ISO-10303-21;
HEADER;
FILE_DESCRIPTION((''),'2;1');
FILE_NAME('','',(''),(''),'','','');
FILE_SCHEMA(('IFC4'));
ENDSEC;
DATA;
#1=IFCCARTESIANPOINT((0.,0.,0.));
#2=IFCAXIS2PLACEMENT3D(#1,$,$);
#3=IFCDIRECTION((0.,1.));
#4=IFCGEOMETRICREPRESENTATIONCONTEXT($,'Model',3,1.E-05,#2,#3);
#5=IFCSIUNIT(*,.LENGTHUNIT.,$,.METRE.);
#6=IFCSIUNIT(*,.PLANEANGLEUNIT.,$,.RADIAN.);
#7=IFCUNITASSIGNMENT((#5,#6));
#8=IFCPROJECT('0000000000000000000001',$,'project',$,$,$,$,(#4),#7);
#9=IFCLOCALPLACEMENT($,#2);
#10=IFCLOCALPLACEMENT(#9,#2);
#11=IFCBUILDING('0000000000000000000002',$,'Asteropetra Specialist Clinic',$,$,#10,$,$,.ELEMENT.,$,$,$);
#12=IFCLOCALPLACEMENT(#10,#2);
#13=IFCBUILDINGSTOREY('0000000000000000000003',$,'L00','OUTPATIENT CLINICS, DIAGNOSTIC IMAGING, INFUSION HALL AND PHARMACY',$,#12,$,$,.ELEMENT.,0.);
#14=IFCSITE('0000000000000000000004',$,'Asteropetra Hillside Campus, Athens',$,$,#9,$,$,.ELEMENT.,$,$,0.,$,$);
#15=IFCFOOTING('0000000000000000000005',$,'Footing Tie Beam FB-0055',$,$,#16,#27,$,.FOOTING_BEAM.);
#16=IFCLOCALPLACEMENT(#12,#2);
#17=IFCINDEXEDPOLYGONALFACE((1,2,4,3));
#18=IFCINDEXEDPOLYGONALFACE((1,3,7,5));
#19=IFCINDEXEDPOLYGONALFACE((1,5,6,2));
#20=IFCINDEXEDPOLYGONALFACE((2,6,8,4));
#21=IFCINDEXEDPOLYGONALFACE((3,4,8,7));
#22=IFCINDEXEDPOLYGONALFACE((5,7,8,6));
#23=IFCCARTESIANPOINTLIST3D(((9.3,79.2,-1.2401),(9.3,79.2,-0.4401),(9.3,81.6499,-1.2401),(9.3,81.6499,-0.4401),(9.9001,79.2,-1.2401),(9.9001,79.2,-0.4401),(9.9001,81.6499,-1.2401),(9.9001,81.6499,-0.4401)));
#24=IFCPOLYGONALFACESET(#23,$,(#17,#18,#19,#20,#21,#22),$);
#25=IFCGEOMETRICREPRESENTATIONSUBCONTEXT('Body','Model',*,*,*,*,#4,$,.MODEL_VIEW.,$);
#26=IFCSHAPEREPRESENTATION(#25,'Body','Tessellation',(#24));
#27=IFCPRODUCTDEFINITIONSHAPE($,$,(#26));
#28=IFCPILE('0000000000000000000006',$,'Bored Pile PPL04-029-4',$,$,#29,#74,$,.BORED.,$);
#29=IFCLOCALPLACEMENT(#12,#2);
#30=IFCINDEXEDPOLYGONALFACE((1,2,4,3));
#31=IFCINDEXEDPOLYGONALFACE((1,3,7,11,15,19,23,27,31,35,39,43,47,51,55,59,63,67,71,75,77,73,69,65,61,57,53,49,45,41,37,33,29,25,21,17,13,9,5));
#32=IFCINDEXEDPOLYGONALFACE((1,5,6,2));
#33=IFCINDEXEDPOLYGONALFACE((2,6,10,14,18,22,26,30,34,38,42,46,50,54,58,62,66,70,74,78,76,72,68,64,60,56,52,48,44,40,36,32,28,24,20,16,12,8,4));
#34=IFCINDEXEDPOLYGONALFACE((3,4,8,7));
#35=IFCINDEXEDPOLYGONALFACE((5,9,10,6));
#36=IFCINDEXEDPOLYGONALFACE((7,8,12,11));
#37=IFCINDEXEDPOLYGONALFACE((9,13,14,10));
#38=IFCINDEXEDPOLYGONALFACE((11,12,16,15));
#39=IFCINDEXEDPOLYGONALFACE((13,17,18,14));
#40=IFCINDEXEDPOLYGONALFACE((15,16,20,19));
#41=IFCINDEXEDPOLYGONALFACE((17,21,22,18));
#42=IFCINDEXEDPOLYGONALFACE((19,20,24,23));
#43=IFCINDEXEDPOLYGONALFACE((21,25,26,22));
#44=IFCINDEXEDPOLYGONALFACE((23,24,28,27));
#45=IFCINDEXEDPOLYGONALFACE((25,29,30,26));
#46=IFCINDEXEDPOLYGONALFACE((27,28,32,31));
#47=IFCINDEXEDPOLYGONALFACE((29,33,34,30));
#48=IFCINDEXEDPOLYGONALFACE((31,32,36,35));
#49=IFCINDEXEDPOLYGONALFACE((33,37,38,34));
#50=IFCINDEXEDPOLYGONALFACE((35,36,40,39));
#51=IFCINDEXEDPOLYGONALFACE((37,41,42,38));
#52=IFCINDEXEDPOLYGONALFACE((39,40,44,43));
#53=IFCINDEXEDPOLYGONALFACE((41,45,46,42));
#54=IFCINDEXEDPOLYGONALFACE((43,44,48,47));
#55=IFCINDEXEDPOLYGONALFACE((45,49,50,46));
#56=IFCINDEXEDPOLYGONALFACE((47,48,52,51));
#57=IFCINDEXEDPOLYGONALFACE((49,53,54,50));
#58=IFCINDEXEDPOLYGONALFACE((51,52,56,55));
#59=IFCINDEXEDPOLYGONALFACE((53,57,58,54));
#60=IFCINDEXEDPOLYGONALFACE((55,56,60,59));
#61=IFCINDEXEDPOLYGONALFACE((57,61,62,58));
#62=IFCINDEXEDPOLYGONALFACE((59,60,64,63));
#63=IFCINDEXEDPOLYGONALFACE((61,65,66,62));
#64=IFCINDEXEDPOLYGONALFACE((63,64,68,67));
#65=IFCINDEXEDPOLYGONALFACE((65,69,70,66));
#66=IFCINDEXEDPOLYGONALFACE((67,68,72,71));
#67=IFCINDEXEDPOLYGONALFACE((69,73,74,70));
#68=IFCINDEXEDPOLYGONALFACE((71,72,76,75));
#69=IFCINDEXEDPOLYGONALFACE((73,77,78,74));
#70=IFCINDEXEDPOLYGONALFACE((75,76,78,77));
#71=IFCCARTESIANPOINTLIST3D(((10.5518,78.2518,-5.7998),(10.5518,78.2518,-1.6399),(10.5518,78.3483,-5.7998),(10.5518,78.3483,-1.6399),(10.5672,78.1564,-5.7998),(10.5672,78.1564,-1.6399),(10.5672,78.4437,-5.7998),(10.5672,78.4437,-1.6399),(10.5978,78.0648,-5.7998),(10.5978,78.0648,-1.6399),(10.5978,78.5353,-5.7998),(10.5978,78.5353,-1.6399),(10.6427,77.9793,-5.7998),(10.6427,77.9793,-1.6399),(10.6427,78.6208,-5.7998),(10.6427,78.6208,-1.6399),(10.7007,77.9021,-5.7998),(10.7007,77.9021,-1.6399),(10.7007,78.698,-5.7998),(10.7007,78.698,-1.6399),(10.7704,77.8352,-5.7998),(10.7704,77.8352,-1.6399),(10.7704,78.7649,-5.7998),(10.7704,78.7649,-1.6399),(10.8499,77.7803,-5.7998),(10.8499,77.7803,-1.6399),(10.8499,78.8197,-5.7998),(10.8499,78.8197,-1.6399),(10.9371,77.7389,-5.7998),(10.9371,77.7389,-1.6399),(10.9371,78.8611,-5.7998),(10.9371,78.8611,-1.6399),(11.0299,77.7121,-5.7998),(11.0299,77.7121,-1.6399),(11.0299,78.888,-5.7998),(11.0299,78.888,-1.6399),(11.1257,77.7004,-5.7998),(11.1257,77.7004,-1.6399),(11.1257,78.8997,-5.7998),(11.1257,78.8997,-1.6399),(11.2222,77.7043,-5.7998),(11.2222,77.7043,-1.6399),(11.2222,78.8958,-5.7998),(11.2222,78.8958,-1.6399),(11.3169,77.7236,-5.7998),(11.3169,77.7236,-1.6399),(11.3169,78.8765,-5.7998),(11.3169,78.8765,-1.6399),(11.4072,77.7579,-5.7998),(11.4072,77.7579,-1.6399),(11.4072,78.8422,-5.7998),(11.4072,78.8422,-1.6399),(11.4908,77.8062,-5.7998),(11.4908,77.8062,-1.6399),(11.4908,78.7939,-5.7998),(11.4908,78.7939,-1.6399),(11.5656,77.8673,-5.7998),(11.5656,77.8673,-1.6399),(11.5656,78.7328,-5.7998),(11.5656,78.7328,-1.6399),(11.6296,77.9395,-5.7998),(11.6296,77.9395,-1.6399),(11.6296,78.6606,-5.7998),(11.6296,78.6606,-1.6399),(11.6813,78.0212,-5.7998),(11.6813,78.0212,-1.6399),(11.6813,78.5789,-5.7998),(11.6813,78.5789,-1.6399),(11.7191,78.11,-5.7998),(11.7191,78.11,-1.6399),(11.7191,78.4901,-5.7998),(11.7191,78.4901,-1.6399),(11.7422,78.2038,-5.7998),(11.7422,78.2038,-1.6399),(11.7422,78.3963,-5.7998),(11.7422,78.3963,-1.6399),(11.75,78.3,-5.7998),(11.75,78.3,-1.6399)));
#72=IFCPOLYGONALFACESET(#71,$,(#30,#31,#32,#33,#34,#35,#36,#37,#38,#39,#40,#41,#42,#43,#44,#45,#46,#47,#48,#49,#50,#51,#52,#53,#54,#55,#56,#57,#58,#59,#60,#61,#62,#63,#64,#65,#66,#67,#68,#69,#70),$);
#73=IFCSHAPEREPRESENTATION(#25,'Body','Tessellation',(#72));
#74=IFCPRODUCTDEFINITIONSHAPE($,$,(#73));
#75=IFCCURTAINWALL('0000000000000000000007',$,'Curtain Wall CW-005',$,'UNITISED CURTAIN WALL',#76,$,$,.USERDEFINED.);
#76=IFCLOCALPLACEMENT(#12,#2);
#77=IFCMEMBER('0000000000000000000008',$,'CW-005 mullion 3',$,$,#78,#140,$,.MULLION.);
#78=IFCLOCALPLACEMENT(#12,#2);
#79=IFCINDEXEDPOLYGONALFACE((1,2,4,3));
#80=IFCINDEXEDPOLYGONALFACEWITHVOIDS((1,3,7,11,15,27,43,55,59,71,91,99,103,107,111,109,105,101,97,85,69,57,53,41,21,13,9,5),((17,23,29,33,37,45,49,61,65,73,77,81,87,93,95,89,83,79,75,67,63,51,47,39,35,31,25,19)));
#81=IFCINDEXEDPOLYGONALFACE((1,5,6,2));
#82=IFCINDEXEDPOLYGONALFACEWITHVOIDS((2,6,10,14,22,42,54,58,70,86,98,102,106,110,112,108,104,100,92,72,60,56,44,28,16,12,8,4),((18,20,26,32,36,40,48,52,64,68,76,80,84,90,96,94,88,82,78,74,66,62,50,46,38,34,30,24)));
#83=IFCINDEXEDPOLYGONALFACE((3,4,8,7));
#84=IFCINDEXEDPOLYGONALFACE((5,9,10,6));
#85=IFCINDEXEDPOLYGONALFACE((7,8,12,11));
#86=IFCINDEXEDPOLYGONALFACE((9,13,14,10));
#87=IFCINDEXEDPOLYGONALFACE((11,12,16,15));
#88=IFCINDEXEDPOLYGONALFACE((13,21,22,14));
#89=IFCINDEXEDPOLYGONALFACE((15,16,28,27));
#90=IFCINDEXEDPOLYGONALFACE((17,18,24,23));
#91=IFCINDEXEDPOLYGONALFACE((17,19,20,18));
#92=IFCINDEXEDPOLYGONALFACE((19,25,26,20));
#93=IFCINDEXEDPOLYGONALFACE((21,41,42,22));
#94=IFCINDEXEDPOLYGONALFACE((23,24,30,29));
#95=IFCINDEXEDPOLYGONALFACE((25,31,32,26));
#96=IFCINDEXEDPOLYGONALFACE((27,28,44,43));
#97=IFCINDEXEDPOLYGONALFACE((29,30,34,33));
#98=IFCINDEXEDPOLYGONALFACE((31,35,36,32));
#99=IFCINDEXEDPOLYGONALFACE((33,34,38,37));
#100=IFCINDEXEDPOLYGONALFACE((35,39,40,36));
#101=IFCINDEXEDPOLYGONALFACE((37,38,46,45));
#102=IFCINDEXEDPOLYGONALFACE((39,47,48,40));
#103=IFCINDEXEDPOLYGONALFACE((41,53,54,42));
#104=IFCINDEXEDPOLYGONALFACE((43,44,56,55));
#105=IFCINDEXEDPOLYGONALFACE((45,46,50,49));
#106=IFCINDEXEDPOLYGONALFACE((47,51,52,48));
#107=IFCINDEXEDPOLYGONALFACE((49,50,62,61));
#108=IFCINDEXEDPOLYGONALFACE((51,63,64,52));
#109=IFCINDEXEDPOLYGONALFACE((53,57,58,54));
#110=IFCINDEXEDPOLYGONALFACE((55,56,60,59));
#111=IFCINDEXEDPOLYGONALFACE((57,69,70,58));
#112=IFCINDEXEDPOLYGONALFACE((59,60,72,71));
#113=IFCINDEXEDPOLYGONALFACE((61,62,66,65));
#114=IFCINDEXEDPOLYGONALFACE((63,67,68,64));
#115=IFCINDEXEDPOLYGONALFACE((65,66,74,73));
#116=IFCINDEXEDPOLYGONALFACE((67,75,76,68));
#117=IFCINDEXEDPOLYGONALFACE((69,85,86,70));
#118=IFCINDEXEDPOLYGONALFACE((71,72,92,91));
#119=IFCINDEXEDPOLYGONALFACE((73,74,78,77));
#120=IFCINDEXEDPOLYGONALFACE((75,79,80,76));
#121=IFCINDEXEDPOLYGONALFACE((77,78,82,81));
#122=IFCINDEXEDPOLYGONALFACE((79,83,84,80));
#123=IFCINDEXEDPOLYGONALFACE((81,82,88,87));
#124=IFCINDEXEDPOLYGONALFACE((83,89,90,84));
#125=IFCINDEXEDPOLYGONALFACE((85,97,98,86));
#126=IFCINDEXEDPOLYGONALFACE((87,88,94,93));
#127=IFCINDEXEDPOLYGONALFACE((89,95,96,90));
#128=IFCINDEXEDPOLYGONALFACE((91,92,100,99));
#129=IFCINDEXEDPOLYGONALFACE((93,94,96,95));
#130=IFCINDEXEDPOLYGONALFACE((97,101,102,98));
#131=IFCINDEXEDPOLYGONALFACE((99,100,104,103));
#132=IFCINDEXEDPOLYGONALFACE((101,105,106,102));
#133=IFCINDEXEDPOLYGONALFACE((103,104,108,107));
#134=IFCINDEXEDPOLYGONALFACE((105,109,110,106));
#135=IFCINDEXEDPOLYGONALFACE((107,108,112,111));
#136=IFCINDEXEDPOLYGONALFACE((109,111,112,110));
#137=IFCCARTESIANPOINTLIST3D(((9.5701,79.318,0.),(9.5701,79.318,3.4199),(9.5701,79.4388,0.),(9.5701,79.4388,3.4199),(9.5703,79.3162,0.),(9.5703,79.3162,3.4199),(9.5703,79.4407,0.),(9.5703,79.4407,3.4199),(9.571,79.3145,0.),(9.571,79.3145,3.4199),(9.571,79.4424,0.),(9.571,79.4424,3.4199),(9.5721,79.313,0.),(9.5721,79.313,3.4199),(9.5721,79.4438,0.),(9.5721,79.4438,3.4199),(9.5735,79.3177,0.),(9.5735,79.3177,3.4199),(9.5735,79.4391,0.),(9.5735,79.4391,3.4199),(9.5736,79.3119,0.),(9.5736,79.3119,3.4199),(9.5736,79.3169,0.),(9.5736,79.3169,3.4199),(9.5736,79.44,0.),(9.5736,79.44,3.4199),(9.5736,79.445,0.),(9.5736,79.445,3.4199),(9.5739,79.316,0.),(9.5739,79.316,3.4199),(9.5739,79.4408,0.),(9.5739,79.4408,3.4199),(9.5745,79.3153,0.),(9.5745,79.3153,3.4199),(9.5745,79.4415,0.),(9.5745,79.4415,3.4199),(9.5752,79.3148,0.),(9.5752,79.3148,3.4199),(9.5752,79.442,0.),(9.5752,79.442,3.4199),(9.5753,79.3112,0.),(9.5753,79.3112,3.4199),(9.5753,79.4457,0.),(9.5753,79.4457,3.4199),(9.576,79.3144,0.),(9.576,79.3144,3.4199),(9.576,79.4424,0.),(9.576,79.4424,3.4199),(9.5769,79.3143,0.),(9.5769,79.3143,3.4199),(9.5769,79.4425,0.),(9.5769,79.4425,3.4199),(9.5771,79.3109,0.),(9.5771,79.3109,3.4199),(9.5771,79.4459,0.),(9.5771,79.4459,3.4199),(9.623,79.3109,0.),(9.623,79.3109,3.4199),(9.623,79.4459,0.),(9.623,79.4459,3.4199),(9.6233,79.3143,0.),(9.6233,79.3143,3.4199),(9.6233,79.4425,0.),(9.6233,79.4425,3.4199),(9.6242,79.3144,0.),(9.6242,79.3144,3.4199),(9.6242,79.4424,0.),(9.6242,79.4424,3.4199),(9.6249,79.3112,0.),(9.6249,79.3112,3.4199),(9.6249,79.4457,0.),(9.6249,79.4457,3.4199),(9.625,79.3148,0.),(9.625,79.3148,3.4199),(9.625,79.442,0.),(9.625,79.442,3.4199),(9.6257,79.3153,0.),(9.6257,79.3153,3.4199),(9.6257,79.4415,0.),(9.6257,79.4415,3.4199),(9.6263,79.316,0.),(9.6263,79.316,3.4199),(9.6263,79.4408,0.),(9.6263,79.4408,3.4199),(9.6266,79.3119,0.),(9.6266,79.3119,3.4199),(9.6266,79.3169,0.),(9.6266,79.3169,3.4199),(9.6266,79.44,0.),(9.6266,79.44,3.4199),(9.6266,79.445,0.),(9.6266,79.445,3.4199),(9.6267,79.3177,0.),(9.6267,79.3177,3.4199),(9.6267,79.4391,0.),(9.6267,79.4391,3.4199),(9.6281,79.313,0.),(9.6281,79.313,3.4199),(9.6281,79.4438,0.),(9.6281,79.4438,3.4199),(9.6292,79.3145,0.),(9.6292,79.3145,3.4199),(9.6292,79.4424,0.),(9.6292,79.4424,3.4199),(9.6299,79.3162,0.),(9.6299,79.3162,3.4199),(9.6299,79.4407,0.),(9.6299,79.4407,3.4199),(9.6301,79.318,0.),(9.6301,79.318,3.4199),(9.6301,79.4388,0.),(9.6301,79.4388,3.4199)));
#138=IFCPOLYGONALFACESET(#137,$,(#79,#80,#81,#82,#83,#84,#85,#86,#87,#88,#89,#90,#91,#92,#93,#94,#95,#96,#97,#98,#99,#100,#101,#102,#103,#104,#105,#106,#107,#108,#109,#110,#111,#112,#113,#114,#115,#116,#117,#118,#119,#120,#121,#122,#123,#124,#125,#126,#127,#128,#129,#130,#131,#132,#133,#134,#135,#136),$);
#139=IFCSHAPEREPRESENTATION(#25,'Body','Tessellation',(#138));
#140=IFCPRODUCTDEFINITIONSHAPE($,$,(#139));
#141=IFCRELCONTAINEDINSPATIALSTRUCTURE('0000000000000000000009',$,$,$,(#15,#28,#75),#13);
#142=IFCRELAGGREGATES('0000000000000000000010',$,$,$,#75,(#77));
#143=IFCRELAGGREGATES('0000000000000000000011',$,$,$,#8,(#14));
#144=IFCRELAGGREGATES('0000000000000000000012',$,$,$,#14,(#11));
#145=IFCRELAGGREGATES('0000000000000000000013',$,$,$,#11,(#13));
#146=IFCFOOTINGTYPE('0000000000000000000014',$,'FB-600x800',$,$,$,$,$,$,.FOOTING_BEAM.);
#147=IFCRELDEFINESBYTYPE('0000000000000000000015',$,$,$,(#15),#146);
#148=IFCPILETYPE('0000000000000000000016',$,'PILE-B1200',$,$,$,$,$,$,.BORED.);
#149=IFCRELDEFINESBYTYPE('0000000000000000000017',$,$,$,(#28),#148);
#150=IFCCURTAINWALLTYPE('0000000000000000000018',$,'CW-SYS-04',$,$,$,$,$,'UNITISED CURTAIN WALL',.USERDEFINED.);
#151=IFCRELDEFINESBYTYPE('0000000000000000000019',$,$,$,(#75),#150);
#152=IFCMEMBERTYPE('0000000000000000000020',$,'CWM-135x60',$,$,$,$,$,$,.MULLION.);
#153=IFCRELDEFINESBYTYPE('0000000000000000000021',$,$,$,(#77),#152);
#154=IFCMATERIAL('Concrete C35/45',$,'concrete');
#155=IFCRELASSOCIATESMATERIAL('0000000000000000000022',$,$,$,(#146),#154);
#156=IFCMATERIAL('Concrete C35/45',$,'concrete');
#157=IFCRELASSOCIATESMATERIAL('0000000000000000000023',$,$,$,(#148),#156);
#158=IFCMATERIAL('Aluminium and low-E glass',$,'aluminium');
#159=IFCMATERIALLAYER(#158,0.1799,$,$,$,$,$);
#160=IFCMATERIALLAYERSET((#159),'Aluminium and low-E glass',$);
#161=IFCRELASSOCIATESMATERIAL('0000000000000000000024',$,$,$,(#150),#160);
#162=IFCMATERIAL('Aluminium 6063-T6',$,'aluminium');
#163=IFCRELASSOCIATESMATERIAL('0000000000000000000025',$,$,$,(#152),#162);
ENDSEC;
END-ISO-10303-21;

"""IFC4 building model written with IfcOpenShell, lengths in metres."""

from ifc_helpers import new_model, si_unit, direction, frame, origin, origin_2d, place, context, subcontext, project, spatial, rectangle, hollow_rectangle, circle, extrude, material, layer, layer_set, material_profile, profile_set, type_object, element, aggregate, save


model = new_model("IFC4")

# Units and contexts
model_context = context("Model", 3, precision=1e-05, world=origin(), true_north=direction((0.0, 1.0)))
body_context = subcontext(model_context, "Body", "Model", "MODEL_VIEW")
ifc_project = project(units=[si_unit("LENGTHUNIT", "METRE"), si_unit("PLANEANGLEUNIT", "RADIAN")], contexts=[model_context])

# Site, building, storey
site_placement = place(None, origin())
site = spatial("IfcSite", under=ifc_project, at=site_placement, Name="Asteropetra Hillside Campus, Athens", CompositionType="ELEMENT", RefElevation=0.0)
building_placement = place(site_placement, origin())
building = spatial("IfcBuilding", under=site, at=building_placement, Name="Asteropetra Specialist Clinic", CompositionType="ELEMENT")
storey_placement = place(building_placement, origin())
storey = spatial("IfcBuildingStorey", under=building, at=storey_placement, Name="L00", Description="OUTPATIENT CLINICS, DIAGNOSTIC IMAGING, INFUSION HALL AND PHARMACY", CompositionType="ELEMENT", Elevation=0.0)

# Footing
ifc_material_1 = material(Name="Concrete C35/45", Category="concrete")
ifc_material_profile_1 = material_profile(ifc_material_1, rectangle(XDim=0.6001, YDim=0.8, at=origin_2d()), Name="FB 600x800")
ifc_profile_set_1 = profile_set([ifc_material_profile_1], Name="Concrete C35/45")
footing_type = type_object("IfcFootingType", Name="FB-600x800", PredefinedType="FOOTING_BEAM", material=ifc_profile_set_1)
footing_placement = place(storey_placement, frame((9.6001, 79.2, -0.8401), z_axis=(0.0, 1.0, 0.0), x_axis=(-1.0, 0.0, 0.0)))
element("IfcFooting", 1, at=footing_placement, inside=storey, type_object=footing_type, Name="Footing Tie Beam FB-0055", PredefinedType="FOOTING_BEAM", context=body_context, shape_type="SweptSolid", body=[
    extrude(rectangle(XDim=0.6001, YDim=0.8, at=origin_2d()), origin(), (0.0, 0.0, 1.0), 2.45),
])

# Pile
ifc_material_2 = material(Name="Concrete C35/45", Category="concrete")
ifc_material_profile_2 = material_profile(ifc_material_2, circle(Radius=0.6001, at=origin_2d()), Name="PILE D1200")
ifc_profile_set_2 = profile_set([ifc_material_profile_2], Name="Concrete C35/45")
pile_type = type_object("IfcPileType", Name="PILE-B1200", PredefinedType="BORED", material=ifc_profile_set_2)
pile_placement = place(storey_placement, frame((11.1499, 78.3, -1.6399), z_axis=(0.0, 0.0, -1.0), x_axis=(1.0, 0.0, 0.0)))
element("IfcPile", 2, at=pile_placement, inside=storey, type_object=pile_type, Name="Bored Pile PPL04-029-4", PredefinedType="BORED", context=body_context, shape_type="SweptSolid", body=[
    extrude(circle(Radius=0.6001, at=origin_2d()), origin(), (0.0, 0.0, 1.0), 4.1599),
])

# Curtain wall, member
ifc_material_3 = material(Name="Aluminium and low-E glass", Category="aluminium")
ifc_layer_1 = layer(ifc_material_3, 0.1799)
ifc_layer_set_1 = layer_set([ifc_layer_1], Name="Aluminium and low-E glass")
curtain_wall_type_1 = type_object("IfcCurtainWallType", Name="CW-SYS-04", ElementType="UNITISED CURTAIN WALL", PredefinedType="USERDEFINED", material=ifc_layer_set_1)
curtain_wall_1_placement = place(storey_placement, origin())
curtain_wall_1 = element("IfcCurtainWall", 3, at=curtain_wall_1_placement, inside=storey, type_object=curtain_wall_type_1, Name="Curtain Wall CW-005", ObjectType="UNITISED CURTAIN WALL", PredefinedType="USERDEFINED")
ifc_material_4 = material(Name="Aluminium 6063-T6", Category="aluminium")
ifc_material_profile_3 = material_profile(ifc_material_4, hollow_rectangle(XDim=0.0601, YDim=0.135, WallThickness=0.0034, InnerFilletRadius=0.0034, OuterFilletRadius=0.0071, at=origin_2d()), Name="MUL 135x60x3.5")
ifc_profile_set_3 = profile_set([ifc_material_profile_3], Name="Aluminium 6063-T6")
member_type_1 = type_object("IfcMemberType", Name="CWM-135x60", PredefinedType="MULLION", material=ifc_profile_set_3)
member_1_placement = place(storey_placement, frame((9.6001, 79.3784, 0.0), z_axis=(0.0, 0.0, 1.0), x_axis=(1.0, 0.0, 0.0)))
member_1 = element("IfcMember", 4, at=member_1_placement, type_object=member_type_1, Name="CW-005 mullion 3", PredefinedType="MULLION", context=body_context, shape_type="SweptSolid", body=[
    extrude(hollow_rectangle(XDim=0.0601, YDim=0.135, WallThickness=0.0034, InnerFilletRadius=0.0034, OuterFilletRadius=0.0071, at=origin_2d()), origin(), (0.0, 0.0, 1.0), 3.4199),
])

aggregate(curtain_wall_1, [member_1])

save(model, "model.ifc")
